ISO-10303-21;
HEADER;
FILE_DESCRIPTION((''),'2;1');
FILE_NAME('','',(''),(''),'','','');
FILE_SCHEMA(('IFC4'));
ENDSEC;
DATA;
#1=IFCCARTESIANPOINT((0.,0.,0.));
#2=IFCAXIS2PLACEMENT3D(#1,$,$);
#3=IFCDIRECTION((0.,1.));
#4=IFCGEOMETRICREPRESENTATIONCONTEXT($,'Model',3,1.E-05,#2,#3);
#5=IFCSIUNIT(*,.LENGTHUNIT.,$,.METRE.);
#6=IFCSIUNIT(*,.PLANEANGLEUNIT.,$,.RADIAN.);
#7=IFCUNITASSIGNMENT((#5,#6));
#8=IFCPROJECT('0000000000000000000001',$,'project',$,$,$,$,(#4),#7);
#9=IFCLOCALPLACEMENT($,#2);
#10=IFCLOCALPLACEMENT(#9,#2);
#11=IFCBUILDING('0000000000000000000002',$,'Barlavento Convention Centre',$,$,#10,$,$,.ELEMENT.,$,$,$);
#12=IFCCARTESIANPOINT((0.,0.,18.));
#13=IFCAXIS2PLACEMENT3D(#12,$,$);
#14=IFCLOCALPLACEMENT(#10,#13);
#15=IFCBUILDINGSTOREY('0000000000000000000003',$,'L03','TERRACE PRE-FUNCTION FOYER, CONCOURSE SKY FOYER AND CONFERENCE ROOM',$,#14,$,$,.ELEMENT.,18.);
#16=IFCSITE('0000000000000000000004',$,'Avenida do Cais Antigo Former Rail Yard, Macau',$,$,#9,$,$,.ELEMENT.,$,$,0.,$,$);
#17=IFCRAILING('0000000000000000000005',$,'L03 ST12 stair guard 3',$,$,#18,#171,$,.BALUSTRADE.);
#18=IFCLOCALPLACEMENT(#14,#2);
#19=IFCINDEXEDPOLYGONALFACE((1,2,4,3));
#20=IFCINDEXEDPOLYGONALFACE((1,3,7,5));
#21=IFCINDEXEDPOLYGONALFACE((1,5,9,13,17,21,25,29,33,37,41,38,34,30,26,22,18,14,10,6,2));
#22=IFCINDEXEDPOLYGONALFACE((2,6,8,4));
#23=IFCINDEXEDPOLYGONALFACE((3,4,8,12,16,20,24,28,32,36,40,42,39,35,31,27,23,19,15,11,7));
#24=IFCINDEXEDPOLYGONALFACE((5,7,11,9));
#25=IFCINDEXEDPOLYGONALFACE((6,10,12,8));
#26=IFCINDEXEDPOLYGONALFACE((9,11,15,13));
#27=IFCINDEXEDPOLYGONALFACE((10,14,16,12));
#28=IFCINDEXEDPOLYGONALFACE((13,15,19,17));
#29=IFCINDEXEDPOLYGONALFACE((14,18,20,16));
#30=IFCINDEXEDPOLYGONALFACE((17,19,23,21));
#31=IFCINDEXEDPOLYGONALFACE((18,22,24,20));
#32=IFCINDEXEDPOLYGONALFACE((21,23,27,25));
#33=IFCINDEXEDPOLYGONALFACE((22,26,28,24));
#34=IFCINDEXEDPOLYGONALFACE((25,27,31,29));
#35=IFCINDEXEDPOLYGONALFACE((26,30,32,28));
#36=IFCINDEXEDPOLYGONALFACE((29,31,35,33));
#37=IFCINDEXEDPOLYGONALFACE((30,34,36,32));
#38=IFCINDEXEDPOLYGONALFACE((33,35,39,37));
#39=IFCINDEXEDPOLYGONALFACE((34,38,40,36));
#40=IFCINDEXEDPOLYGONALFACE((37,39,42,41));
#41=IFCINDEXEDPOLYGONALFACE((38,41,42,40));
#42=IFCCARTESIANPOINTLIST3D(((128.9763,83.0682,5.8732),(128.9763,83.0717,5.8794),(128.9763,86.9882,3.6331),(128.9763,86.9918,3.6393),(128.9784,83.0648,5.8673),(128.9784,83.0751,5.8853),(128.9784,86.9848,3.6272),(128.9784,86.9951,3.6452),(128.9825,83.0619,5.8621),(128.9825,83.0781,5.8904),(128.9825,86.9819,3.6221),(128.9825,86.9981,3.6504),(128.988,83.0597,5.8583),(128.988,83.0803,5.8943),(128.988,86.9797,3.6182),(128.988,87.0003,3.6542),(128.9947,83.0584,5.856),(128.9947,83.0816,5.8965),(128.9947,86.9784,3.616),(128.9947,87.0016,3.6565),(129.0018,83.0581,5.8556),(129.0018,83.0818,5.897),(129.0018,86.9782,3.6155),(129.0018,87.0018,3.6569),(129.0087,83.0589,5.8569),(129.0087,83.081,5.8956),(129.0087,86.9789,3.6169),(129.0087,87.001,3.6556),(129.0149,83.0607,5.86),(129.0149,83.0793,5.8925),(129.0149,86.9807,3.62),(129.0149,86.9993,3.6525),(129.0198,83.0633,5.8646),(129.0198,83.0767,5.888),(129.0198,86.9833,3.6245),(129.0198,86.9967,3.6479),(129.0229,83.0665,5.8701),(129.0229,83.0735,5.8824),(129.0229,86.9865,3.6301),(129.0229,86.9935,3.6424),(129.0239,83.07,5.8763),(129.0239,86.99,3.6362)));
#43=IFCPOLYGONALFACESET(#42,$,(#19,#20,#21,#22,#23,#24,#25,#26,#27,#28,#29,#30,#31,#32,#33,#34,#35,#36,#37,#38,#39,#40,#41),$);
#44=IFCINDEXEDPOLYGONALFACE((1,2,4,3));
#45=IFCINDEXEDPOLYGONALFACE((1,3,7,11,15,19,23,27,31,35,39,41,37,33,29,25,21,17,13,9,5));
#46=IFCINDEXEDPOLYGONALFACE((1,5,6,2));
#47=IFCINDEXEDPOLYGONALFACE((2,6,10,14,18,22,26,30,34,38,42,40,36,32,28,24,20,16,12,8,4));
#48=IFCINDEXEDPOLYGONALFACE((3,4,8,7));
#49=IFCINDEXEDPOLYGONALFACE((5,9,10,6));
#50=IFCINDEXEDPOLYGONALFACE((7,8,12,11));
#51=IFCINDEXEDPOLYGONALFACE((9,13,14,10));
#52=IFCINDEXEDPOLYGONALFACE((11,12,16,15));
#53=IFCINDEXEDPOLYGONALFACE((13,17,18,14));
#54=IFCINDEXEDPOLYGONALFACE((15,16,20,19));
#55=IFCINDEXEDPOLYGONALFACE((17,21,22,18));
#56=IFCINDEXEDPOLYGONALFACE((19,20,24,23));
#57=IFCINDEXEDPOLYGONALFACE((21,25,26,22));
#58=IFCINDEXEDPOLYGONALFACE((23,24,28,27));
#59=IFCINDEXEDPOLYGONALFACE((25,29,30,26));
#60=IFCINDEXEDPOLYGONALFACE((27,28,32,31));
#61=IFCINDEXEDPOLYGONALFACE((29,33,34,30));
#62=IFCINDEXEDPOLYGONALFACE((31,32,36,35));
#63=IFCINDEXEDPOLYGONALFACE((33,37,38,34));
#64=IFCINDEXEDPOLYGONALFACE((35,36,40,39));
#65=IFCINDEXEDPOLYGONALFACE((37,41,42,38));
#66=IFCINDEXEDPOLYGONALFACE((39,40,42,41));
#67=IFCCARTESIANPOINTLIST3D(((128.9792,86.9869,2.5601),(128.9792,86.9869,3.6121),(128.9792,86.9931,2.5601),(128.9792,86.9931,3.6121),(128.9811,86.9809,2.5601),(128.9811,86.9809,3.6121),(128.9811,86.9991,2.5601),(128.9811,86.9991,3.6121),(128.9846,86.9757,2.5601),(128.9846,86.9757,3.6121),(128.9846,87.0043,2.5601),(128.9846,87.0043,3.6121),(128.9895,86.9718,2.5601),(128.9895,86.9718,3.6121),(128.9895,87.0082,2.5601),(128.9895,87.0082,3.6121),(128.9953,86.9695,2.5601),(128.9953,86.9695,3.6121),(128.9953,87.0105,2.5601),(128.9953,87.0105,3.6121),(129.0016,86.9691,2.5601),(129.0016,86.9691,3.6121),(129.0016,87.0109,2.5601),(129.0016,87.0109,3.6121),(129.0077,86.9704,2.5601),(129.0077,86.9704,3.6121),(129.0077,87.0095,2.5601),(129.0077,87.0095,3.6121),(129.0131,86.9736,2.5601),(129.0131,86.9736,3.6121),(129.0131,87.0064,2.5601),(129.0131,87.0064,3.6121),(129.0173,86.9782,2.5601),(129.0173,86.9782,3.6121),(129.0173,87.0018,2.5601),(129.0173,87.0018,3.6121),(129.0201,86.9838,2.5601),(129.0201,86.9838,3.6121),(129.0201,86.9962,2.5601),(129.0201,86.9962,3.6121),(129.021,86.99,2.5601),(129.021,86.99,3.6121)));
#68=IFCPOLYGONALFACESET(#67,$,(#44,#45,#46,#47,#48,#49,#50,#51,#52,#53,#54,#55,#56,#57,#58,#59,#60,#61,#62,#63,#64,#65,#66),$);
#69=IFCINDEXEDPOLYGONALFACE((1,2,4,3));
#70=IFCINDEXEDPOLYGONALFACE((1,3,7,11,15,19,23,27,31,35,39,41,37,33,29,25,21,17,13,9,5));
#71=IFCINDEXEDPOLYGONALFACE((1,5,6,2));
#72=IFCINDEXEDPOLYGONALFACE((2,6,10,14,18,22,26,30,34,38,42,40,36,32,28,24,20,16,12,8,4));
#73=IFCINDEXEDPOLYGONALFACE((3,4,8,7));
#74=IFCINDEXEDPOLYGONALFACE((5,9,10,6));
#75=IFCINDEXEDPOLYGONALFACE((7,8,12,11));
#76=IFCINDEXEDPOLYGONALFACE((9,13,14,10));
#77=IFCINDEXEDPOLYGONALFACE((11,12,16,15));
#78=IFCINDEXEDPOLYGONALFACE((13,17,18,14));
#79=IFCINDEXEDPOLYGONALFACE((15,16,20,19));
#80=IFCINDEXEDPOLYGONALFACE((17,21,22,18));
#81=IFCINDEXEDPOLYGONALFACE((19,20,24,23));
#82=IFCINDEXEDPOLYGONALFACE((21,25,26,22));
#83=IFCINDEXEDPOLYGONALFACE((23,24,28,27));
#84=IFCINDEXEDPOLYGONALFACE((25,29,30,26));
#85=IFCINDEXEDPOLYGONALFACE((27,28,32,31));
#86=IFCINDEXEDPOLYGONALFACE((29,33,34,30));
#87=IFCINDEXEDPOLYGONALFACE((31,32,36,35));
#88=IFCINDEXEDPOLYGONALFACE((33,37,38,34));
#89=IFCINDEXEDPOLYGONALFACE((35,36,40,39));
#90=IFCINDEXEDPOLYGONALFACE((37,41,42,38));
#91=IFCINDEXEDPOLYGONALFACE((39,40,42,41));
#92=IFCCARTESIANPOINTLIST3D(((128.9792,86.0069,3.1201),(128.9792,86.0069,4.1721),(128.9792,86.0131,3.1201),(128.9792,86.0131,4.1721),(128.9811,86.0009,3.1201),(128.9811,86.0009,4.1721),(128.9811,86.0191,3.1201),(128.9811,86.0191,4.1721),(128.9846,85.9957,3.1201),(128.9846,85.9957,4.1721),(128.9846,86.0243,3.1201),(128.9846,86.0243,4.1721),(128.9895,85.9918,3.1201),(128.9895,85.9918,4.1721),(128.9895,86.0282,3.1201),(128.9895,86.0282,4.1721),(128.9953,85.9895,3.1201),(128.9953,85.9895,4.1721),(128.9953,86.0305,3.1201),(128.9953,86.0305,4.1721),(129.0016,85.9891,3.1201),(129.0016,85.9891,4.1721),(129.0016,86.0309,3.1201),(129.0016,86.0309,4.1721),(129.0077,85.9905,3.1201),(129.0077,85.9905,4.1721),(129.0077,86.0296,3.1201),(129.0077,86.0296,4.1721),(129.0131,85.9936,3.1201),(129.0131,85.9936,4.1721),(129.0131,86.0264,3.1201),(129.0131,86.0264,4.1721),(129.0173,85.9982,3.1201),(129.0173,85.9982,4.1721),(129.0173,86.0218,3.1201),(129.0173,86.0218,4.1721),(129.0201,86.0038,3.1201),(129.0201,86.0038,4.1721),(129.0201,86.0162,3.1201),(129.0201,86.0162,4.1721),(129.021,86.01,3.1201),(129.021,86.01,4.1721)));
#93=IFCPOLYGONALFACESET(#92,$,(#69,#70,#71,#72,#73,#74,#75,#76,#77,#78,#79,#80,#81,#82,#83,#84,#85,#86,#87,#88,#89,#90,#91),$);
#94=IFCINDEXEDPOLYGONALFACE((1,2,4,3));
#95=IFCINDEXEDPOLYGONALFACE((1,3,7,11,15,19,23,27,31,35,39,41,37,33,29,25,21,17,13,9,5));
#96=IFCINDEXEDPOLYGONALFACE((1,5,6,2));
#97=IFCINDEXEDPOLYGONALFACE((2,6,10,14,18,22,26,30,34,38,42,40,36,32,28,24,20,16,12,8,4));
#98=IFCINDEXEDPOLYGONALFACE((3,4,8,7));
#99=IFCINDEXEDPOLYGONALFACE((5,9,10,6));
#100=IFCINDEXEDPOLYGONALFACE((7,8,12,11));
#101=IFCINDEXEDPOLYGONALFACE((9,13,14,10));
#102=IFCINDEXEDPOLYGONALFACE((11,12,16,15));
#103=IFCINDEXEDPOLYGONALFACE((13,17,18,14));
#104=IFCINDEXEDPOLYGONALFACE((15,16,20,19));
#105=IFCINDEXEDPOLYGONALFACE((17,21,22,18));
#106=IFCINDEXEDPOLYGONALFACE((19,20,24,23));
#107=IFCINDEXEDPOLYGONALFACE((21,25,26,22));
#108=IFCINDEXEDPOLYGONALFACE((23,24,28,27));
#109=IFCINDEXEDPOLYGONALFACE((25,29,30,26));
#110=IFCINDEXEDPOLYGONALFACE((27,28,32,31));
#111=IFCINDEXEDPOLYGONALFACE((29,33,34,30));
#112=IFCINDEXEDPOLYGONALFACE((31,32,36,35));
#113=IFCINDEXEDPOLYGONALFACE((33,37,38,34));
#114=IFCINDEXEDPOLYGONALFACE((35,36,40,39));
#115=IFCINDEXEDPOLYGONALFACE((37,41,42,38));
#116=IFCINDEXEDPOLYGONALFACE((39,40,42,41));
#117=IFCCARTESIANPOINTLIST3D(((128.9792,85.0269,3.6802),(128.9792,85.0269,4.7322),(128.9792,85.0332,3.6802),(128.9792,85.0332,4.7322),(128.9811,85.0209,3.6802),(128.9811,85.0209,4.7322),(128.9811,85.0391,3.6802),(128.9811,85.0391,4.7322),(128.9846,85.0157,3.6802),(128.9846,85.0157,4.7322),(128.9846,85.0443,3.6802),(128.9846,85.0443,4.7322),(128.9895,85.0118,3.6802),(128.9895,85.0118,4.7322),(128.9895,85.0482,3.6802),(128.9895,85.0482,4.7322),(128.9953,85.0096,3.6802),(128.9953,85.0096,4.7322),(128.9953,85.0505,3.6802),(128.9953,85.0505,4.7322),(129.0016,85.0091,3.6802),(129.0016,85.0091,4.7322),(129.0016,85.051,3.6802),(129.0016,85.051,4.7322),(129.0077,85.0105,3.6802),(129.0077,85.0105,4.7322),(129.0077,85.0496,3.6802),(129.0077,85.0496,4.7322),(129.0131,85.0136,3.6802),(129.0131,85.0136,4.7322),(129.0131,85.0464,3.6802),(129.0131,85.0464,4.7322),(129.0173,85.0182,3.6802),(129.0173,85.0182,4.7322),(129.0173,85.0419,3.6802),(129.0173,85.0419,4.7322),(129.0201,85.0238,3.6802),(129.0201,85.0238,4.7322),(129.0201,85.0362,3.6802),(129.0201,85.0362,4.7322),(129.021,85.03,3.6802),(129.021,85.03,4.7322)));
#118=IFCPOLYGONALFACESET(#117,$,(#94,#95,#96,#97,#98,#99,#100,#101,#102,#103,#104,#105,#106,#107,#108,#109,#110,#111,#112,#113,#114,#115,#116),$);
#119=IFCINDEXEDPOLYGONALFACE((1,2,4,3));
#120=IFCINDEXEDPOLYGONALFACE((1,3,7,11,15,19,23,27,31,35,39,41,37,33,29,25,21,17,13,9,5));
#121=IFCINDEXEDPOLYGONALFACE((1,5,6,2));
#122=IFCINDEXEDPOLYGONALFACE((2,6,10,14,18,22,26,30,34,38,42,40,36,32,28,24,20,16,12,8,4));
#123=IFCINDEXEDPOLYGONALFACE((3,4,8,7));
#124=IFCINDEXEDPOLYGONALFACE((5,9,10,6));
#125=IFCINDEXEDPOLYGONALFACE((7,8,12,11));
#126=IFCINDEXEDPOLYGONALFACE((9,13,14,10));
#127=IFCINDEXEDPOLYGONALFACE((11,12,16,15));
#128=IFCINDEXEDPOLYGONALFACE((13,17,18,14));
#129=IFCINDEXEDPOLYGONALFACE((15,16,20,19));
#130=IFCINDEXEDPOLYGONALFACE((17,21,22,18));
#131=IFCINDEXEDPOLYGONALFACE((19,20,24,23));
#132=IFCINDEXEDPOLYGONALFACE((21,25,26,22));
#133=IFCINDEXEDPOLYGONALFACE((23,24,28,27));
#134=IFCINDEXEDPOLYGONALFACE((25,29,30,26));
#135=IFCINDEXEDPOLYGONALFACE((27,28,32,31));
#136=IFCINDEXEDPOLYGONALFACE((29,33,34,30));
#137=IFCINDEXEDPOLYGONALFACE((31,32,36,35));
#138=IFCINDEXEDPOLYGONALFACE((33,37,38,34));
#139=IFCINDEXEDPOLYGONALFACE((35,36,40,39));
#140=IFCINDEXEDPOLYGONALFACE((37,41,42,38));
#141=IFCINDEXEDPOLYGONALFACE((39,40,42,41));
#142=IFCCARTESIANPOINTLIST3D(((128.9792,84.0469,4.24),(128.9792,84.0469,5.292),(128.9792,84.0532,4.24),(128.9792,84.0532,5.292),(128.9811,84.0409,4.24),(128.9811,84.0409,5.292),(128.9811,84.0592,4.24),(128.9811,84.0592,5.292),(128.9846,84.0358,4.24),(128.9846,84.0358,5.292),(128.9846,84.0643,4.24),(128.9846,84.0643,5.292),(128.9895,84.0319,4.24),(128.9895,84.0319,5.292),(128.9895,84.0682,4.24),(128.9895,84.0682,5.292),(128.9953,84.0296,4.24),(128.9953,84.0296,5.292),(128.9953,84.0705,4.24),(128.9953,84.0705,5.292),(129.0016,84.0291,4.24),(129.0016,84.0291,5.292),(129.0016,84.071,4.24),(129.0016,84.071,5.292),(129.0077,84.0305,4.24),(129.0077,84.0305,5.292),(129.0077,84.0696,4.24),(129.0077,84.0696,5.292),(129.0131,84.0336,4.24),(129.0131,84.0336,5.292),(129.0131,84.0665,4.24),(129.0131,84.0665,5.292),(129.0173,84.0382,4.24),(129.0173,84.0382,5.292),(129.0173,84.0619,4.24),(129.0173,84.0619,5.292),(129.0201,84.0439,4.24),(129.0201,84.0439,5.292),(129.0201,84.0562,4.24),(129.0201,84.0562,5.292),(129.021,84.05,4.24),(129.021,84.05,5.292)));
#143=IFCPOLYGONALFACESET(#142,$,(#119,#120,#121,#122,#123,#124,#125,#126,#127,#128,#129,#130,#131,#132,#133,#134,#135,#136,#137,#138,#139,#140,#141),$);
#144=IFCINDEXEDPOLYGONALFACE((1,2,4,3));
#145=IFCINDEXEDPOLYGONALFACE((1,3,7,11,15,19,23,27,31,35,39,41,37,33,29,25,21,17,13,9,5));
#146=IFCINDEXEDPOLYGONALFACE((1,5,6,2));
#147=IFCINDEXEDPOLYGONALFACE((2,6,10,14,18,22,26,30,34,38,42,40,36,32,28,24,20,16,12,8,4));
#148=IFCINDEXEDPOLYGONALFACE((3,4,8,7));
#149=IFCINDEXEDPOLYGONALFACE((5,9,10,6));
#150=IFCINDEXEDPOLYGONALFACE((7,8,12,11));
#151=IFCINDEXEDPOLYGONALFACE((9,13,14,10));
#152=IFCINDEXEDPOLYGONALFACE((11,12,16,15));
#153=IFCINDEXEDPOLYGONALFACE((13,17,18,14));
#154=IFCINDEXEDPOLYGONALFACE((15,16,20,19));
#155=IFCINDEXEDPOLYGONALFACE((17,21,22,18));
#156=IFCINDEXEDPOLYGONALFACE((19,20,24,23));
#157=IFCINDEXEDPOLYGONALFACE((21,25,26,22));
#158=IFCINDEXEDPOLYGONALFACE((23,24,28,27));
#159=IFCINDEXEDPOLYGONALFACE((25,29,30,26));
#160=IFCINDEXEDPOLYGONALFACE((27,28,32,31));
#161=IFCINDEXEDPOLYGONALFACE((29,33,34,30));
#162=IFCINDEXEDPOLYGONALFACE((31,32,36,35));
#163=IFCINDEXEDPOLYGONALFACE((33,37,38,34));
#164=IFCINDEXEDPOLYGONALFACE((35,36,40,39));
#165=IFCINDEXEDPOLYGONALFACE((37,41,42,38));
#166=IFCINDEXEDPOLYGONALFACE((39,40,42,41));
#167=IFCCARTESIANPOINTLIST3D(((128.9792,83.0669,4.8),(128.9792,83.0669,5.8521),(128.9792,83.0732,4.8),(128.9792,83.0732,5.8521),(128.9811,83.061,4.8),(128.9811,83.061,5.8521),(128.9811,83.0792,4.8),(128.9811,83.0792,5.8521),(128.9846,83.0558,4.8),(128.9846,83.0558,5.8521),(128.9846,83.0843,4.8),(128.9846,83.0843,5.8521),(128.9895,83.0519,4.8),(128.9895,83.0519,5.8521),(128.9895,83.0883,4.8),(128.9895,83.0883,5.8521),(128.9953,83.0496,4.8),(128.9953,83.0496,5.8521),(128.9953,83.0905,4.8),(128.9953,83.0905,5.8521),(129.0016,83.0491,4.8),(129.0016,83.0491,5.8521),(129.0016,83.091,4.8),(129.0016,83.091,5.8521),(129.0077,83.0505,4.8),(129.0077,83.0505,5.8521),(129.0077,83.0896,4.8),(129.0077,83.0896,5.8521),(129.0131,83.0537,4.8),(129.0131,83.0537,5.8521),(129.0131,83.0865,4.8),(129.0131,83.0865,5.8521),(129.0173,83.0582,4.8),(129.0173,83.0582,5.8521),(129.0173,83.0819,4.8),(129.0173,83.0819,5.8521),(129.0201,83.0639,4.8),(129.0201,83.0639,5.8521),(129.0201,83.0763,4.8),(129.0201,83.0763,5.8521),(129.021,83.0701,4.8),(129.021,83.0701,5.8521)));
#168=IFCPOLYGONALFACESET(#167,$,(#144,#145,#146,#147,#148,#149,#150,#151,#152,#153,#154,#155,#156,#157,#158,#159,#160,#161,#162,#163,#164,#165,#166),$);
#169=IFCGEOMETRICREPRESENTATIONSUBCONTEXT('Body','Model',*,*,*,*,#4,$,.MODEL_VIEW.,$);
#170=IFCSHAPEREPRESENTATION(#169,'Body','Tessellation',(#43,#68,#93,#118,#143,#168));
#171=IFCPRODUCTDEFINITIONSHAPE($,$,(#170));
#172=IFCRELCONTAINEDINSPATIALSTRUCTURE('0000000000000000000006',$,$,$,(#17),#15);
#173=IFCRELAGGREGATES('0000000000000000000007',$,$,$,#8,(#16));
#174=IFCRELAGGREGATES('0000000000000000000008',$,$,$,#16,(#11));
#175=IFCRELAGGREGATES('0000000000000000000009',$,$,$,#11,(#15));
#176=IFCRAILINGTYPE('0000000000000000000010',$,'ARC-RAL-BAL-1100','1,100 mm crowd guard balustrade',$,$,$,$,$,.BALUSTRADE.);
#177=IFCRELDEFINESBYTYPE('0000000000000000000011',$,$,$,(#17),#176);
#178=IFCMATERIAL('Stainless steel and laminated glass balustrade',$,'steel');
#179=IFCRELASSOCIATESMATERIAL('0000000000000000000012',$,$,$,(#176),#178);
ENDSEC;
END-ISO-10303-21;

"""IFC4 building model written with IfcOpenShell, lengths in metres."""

from ifc_helpers import new_model, si_unit, direction, frame, origin, origin_2d, place, context, subcontext, project, spatial, circle, extrude, material, type_object, element, save


model = new_model("IFC4")

# Units and contexts
model_context = context("Model", 3, precision=1e-05, world=origin(), true_north=direction((0.0, 1.0)))
body_context = subcontext(model_context, "Body", "Model", "MODEL_VIEW")
ifc_project = project(units=[si_unit("LENGTHUNIT", "METRE"), si_unit("PLANEANGLEUNIT", "RADIAN")], contexts=[model_context])

# Site, building, storey
site_placement = place(None, origin())
site = spatial("IfcSite", under=ifc_project, at=site_placement, Name="Avenida do Cais Antigo Former Rail Yard, Macau", CompositionType="ELEMENT", RefElevation=0.0)
building_placement = place(site_placement, origin())
building = spatial("IfcBuilding", under=site, at=building_placement, Name="Barlavento Convention Centre", CompositionType="ELEMENT")
storey_placement = place(building_placement, frame((0.0, 0.0, 18.0)))
storey = spatial("IfcBuildingStorey", under=building, at=storey_placement, Name="L03", Description="TERRACE PRE-FUNCTION FOYER, CONCOURSE SKY FOYER AND CONFERENCE ROOM", CompositionType="ELEMENT", Elevation=18.0)

# Railing
ifc_material_1 = material(Name="Stainless steel and laminated glass balustrade", Category="steel")
railing_type_1 = type_object("IfcRailingType", Name="ARC-RAL-BAL-1100", Description="1,100 mm crowd guard balustrade", PredefinedType="BALUSTRADE", material=ifc_material_1)
railing_1_placement = place(storey_placement, frame((129.0, 86.99, 2.5601)))
element("IfcRailing", 1, at=railing_1_placement, inside=storey, type_object=railing_type_1, Name="L03 ST12 stair guard 3", PredefinedType="BALUSTRADE", context=body_context, shape_type="SweptSolid", body=[
    extrude(circle(Radius=0.0239, at=origin_2d()), frame((0.0, 0.0, 1.0762), z_axis=(0.0, -0.86824, 0.496145), x_axis=(1.0, 0.0, 0.0)), (0.0, 0.0, 1.0), 4.5149),
    extrude(circle(Radius=0.021, at=origin_2d()), origin(), (0.0, 0.0, 1.0), 1.052),
    extrude(circle(Radius=0.021, at=origin_2d()), frame((0.0, -0.98, 0.5601)), (0.0, 0.0, 1.0), 1.052),
    extrude(circle(Radius=0.021, at=origin_2d()), frame((0.0, -1.96, 1.1201)), (0.0, 0.0, 1.0), 1.052),
    extrude(circle(Radius=0.021, at=origin_2d()), frame((0.0, -2.9399, 1.6799)), (0.0, 0.0, 1.0), 1.052),
    extrude(circle(Radius=0.021, at=origin_2d()), frame((0.0, -3.9199, 2.24)), (0.0, 0.0, 1.0), 1.052),
])

save(model, "model.ifc")
